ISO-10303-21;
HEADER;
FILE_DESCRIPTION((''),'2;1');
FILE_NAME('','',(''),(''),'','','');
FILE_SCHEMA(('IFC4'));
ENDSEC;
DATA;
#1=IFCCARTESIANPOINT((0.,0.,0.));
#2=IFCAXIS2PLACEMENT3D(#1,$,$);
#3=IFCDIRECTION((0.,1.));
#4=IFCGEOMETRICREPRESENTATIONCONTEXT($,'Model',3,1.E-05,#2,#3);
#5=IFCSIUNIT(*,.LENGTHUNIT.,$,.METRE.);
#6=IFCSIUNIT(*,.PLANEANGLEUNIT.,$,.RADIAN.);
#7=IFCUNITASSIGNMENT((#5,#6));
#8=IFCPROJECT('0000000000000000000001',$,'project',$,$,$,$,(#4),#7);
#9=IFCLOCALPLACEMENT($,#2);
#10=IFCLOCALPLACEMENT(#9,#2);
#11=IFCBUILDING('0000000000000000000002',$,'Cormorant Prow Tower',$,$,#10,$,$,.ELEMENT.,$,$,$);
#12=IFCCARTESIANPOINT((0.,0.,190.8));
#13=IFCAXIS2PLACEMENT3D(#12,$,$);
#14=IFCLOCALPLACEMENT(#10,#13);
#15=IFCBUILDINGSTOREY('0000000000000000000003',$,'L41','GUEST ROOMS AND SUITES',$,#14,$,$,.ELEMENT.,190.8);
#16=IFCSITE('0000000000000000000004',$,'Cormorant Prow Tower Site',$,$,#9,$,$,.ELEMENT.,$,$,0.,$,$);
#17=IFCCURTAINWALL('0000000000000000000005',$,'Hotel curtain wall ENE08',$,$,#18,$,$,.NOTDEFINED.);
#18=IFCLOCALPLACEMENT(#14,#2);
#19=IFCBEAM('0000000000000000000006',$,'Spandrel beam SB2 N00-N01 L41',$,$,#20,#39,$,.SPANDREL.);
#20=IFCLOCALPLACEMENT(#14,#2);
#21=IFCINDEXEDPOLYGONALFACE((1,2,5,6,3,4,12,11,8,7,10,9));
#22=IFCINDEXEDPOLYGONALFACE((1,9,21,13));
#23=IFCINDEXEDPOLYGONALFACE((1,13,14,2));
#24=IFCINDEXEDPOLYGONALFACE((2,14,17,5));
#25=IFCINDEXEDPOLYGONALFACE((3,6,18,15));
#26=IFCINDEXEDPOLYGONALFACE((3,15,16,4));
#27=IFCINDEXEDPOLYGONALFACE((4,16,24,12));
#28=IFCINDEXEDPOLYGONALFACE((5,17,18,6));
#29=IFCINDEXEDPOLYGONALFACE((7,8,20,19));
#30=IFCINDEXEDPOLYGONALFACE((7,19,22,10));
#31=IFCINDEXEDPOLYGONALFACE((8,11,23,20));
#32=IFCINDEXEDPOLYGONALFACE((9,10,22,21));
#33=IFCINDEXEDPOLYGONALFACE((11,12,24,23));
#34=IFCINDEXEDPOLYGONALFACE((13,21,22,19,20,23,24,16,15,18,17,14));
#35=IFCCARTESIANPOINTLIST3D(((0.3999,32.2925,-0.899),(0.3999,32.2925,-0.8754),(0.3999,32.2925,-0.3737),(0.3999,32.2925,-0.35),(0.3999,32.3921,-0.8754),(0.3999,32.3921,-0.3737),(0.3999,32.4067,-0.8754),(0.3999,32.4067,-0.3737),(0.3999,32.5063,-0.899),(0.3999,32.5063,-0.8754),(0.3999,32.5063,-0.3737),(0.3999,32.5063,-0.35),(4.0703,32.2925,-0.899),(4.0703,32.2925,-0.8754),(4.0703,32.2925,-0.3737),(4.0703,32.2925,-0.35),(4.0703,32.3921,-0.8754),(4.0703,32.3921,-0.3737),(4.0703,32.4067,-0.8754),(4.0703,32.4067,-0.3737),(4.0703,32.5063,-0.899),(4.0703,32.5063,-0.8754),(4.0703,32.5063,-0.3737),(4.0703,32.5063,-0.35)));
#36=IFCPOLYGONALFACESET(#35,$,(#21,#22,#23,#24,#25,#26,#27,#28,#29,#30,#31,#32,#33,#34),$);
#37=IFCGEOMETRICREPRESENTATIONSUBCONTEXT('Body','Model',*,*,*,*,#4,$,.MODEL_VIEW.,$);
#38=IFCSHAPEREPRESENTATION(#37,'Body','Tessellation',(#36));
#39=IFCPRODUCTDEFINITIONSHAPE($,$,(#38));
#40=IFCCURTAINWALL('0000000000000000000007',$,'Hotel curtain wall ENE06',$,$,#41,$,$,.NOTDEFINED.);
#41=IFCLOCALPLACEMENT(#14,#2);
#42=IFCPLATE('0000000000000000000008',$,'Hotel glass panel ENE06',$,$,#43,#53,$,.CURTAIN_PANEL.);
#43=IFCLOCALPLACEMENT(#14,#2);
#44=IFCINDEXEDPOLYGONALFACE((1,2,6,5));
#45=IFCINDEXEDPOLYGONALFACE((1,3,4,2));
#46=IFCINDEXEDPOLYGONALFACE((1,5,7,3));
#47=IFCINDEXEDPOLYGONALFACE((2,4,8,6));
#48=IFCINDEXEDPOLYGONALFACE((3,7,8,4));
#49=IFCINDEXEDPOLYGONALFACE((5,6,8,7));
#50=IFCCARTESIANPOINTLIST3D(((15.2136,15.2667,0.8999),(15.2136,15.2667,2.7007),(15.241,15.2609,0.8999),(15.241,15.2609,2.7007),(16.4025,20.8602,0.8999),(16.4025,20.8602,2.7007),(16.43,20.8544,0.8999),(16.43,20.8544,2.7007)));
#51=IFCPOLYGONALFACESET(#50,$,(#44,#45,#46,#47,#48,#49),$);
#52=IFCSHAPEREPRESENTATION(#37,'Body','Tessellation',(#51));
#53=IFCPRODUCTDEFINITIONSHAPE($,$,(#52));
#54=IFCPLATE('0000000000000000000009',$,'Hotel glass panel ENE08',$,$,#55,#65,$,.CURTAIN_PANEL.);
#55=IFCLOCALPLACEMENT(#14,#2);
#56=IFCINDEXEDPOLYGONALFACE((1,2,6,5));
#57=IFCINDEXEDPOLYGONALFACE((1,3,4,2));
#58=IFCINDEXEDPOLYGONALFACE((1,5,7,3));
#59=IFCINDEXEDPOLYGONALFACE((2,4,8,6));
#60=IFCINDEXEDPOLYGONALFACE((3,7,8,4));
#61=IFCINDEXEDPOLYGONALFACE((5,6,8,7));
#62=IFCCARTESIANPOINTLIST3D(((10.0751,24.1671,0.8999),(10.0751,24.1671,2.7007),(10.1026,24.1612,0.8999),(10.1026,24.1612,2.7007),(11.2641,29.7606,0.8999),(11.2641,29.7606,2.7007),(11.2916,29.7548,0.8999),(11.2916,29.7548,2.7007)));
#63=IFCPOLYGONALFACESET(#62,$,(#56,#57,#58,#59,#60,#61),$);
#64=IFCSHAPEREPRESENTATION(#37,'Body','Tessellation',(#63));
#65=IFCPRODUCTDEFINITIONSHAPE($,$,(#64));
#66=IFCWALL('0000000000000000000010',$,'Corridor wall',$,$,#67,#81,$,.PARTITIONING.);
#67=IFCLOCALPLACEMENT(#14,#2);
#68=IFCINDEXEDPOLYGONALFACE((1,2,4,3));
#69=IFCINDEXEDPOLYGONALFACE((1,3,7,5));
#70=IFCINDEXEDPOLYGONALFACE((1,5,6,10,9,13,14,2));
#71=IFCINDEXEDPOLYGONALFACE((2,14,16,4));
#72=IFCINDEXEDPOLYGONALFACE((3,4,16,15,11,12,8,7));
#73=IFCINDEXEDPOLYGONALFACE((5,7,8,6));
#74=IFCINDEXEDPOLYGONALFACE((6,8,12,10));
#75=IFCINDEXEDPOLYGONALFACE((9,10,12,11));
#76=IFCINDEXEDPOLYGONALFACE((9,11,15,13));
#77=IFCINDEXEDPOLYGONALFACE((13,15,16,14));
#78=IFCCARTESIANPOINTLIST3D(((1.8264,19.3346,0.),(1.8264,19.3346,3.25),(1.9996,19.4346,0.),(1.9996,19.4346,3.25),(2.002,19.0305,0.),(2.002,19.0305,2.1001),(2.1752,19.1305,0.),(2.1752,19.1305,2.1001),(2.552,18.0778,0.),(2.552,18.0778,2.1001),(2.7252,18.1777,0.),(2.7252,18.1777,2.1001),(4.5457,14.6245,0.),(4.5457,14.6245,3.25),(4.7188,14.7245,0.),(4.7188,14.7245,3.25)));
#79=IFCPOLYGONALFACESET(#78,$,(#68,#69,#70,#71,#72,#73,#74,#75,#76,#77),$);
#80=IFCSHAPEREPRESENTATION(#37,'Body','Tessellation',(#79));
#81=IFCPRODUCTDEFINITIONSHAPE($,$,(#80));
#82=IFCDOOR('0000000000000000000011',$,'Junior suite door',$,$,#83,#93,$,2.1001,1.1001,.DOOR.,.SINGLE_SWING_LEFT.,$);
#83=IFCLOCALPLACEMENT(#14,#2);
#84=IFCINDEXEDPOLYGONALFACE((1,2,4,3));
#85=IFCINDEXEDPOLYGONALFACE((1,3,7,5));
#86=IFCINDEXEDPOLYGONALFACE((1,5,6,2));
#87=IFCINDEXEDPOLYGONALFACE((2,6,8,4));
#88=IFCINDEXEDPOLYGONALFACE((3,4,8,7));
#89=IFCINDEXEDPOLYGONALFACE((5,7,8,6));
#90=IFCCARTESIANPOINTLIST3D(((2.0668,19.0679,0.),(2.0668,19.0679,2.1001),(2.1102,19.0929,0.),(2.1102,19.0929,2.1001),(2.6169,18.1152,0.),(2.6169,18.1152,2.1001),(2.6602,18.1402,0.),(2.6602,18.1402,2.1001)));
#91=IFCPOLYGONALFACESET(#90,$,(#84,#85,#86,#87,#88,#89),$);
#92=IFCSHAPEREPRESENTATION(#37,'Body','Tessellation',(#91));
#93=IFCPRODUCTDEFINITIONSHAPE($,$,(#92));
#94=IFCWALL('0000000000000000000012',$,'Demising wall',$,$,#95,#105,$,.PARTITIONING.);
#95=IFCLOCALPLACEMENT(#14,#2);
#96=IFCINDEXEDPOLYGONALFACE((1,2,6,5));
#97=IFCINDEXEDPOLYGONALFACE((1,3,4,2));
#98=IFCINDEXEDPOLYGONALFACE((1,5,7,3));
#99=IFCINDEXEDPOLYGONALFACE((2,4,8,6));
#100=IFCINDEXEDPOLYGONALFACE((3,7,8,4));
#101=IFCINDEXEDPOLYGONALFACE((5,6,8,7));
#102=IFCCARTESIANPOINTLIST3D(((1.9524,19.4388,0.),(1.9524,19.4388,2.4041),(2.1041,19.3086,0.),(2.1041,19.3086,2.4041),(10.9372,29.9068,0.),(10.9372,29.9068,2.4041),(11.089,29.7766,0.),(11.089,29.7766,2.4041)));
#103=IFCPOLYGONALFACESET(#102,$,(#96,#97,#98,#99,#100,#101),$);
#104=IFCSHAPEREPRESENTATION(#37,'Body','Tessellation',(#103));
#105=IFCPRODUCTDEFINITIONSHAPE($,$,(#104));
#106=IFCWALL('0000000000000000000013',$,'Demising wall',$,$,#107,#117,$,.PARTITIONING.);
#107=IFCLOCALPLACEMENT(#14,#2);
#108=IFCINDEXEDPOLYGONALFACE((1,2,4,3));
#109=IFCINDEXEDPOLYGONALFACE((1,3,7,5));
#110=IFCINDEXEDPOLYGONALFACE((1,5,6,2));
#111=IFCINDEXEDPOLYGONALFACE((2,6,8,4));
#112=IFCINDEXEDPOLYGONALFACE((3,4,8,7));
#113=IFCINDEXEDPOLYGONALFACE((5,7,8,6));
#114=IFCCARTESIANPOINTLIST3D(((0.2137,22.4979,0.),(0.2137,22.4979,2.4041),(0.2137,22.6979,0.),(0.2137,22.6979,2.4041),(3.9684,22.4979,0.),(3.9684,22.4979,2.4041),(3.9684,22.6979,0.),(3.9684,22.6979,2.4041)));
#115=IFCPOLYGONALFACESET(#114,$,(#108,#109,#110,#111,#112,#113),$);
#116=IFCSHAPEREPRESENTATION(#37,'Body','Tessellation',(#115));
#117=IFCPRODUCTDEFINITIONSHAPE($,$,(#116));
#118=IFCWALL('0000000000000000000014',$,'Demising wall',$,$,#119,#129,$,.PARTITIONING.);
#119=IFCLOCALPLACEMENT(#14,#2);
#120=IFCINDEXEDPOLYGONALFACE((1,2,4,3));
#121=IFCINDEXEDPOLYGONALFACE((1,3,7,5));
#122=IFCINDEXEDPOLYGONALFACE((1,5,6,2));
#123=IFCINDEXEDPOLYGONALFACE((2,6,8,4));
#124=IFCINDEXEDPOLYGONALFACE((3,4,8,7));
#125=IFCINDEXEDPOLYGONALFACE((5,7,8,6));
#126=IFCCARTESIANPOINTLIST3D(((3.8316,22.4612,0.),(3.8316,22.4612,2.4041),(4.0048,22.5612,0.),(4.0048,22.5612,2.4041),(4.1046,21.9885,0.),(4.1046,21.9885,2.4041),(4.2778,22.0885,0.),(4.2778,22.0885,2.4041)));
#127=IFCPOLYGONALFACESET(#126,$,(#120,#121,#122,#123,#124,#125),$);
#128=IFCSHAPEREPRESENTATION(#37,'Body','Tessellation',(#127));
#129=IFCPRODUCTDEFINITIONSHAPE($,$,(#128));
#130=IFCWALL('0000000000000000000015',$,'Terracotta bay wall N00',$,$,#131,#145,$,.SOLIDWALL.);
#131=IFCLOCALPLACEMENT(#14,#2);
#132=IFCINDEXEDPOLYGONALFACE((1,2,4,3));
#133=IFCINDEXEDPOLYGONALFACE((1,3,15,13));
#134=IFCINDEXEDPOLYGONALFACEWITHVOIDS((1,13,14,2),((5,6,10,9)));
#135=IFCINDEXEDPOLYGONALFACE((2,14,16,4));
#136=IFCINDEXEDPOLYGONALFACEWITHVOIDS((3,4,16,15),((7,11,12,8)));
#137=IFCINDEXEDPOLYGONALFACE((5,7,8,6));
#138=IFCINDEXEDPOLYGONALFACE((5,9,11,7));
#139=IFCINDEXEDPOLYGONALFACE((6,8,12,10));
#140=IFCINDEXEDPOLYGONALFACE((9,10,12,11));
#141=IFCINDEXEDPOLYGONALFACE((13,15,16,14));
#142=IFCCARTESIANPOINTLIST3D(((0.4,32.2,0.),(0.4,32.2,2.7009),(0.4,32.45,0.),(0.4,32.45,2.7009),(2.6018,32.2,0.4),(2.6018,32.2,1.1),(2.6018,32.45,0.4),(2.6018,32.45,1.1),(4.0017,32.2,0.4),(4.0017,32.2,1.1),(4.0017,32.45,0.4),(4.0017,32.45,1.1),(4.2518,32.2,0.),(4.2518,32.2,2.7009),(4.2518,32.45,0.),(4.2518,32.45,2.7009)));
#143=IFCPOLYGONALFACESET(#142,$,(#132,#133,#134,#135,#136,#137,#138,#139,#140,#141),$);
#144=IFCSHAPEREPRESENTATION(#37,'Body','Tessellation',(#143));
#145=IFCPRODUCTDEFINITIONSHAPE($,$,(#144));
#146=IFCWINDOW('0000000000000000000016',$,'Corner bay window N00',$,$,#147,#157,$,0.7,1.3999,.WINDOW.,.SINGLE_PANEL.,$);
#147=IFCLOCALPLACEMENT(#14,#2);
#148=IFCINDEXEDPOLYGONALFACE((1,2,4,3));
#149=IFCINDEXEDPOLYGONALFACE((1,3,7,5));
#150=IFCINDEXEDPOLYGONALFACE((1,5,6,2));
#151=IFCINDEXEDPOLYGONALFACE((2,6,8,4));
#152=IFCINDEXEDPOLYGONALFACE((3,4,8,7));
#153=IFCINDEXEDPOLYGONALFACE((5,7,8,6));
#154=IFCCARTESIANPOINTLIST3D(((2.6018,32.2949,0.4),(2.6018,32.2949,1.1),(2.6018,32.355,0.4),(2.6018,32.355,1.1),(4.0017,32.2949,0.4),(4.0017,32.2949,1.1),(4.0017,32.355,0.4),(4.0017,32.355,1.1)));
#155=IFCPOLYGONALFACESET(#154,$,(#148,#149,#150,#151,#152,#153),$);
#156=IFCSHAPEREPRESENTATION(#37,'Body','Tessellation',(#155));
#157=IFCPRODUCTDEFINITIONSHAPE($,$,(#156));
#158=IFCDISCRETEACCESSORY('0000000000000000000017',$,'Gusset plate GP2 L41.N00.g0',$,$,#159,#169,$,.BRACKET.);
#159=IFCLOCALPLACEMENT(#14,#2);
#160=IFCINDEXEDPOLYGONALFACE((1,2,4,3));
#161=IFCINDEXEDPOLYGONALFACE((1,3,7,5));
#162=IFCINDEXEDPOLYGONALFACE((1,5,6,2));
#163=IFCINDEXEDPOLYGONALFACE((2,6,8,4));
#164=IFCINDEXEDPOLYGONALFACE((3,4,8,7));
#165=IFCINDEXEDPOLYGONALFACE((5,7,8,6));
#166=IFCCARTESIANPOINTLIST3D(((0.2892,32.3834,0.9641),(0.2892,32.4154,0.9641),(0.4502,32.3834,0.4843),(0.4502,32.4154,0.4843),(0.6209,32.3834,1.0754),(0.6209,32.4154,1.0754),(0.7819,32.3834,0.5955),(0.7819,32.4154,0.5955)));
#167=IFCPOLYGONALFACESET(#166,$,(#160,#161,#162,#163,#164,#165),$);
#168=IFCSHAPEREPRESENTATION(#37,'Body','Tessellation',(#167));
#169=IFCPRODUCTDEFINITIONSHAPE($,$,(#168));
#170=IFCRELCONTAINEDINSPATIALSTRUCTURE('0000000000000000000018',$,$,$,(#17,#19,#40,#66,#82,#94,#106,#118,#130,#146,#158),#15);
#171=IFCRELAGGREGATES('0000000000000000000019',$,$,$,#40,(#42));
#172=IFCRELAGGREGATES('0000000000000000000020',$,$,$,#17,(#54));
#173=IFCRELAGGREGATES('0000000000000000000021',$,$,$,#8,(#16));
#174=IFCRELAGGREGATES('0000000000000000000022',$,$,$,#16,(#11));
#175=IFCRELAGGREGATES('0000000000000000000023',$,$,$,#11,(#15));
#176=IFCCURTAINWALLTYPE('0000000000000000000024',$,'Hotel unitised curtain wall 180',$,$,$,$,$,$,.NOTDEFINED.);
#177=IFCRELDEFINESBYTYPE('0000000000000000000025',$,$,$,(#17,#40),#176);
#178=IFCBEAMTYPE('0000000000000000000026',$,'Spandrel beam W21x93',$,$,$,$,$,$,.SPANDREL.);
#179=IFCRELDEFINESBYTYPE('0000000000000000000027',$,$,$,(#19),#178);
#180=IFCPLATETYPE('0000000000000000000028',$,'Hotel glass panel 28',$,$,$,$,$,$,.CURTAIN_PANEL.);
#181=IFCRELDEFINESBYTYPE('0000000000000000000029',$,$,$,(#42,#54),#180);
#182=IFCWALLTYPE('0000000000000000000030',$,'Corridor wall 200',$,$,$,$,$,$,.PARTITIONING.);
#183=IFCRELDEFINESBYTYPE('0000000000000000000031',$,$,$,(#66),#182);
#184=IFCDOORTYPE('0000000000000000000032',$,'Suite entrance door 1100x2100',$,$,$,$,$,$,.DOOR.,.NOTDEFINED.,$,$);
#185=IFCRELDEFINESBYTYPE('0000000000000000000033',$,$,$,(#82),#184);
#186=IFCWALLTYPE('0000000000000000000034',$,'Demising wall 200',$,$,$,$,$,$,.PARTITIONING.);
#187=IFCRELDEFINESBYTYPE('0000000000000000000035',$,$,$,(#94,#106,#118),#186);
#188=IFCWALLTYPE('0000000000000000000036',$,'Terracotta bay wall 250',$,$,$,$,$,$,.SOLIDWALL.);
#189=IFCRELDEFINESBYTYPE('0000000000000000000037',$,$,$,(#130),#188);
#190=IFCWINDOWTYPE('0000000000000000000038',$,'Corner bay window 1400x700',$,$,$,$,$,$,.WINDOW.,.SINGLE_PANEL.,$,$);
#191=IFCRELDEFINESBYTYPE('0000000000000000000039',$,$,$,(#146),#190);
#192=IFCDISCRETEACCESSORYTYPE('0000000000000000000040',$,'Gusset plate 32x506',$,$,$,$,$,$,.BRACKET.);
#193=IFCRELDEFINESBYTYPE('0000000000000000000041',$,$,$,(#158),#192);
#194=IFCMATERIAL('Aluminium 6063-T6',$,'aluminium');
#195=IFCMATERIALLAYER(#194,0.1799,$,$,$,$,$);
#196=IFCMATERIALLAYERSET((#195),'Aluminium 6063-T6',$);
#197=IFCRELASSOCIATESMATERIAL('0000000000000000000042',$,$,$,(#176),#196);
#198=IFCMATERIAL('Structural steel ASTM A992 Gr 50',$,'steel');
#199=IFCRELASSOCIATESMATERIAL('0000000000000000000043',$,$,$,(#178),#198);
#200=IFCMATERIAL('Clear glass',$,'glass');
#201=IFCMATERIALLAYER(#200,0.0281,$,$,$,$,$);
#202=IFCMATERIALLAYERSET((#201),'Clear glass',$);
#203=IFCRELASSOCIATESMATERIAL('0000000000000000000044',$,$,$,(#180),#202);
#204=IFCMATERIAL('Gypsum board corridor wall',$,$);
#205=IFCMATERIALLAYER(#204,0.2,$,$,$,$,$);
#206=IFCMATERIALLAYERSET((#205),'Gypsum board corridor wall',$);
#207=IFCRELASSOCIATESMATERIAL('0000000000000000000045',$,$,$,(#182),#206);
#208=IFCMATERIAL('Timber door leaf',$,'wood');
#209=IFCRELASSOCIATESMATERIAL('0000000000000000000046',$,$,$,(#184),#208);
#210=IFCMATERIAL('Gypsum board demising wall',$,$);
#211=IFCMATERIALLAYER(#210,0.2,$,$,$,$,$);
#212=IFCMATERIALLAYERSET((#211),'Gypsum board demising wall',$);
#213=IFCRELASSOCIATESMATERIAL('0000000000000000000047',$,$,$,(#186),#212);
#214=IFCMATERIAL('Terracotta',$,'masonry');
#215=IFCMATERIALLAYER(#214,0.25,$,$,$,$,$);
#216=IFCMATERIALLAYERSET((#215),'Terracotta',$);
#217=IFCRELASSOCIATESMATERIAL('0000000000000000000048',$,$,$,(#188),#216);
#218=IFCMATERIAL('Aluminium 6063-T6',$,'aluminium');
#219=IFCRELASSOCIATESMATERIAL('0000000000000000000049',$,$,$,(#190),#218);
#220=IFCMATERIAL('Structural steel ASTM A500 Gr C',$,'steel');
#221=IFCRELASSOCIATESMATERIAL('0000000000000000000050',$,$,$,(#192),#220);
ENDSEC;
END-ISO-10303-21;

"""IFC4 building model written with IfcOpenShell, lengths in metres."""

from ifc_helpers import new_model, si_unit, direction, frame, frame_2d, origin, origin_2d, place, context, subcontext, project, spatial, rectangle, i_section, extrude, material, layer, layer_set, material_profile, profile_set, type_object, element, fill, aggregate, save


model = new_model("IFC4")

# Units and contexts
model_context = context("Model", 3, precision=1e-05, world=origin(), true_north=direction((0.0, 1.0)))
body_context = subcontext(model_context, "Body", "Model", "MODEL_VIEW")
ifc_project = project(units=[si_unit("LENGTHUNIT", "METRE"), si_unit("PLANEANGLEUNIT", "RADIAN")], contexts=[model_context])

# Site, building, storey
site_placement = place(None, origin())
site = spatial("IfcSite", under=ifc_project, at=site_placement, Name="Cormorant Prow Tower Site", CompositionType="ELEMENT", RefElevation=0.0)
building_placement = place(site_placement, origin())
building = spatial("IfcBuilding", under=site, at=building_placement, Name="Cormorant Prow Tower", CompositionType="ELEMENT")
storey_placement = place(building_placement, frame((0.0, 0.0, 190.8)))
storey = spatial("IfcBuildingStorey", under=building, at=storey_placement, Name="L41", Description="GUEST ROOMS AND SUITES", CompositionType="ELEMENT", Elevation=190.8)

# Curtain wall
ifc_material_1 = material(Name="Aluminium 6063-T6", Category="aluminium")
ifc_layer_1 = layer(ifc_material_1, 0.1799)
ifc_layer_set_1 = layer_set([ifc_layer_1], Name="Aluminium 6063-T6")
curtain_wall_type = type_object("IfcCurtainWallType", Name="Hotel unitised curtain wall 180", PredefinedType="NOTDEFINED", material=ifc_layer_set_1)
curtain_wall_1_placement = place(storey_placement, origin())
curtain_wall_1 = element("IfcCurtainWall", 1, at=curtain_wall_1_placement, inside=storey, type_object=curtain_wall_type, Name="Hotel curtain wall ENE08", PredefinedType="NOTDEFINED")

# Beam
ifc_material_2 = material(Name="Structural steel ASTM A992 Gr 50", Category="steel")
ifc_material_profile_1 = material_profile(ifc_material_2, i_section(OverallWidth=0.2139, OverallDepth=0.5491, WebThickness=0.0146, FlangeThickness=0.0237, at=origin_2d()), Name="W21x93")
ifc_profile_set_1 = profile_set([ifc_material_profile_1], Name="Structural steel ASTM A992 Gr 50")
beam_type = type_object("IfcBeamType", Name="Spandrel beam W21x93", PredefinedType="SPANDREL", material=ifc_profile_set_1)
beam_1_placement = place(storey_placement, frame((4.0703, 32.3994, -0.6245), z_axis=(-1.0, 0.0, 0.0), x_axis=(0.0, -1.0, 0.0)))
element("IfcBeam", 2, at=beam_1_placement, inside=storey, type_object=beam_type, Name="Spandrel beam SB2 N00-N01 L41", PredefinedType="SPANDREL", context=body_context, shape_type="SweptSolid", body=[
    extrude(i_section(OverallWidth=0.2139, OverallDepth=0.5491, WebThickness=0.0146, FlangeThickness=0.0237, at=origin_2d()), origin(), (0.0, 0.0, 1.0), 3.6704),
])

# Curtain wall, plate
curtain_wall_2_placement = place(storey_placement, origin())
curtain_wall_2 = element("IfcCurtainWall", 3, at=curtain_wall_2_placement, inside=storey, type_object=curtain_wall_type, Name="Hotel curtain wall ENE06", PredefinedType="NOTDEFINED")
ifc_material_3 = material(Name="Clear glass", Category="glass")
ifc_layer_2 = layer(ifc_material_3, 0.0281)
ifc_layer_set_2 = layer_set([ifc_layer_2], Name="Clear glass")
plate_type = type_object("IfcPlateType", Name="Hotel glass panel 28", PredefinedType="CURTAIN_PANEL", material=ifc_layer_set_2)
plate_1_placement = place(storey_placement, frame((15.8218, 18.0605, 0.8999), z_axis=(0.0, 0.0, 1.0), x_axis=(0.207912, 0.978148, 0.0)))
plate_1 = element("IfcPlate", 4, at=plate_1_placement, type_object=plate_type, Name="Hotel glass panel ENE06", PredefinedType="CURTAIN_PANEL", context=body_context, shape_type="SweptSolid", body=[
    extrude(rectangle(XDim=5.7185, YDim=0.0281, at=origin_2d()), origin(), (0.0, 0.0, 1.0), 1.8008),
])
aggregate(curtain_wall_2, [plate_1])

# Plate
plate_2_placement = place(storey_placement, frame((10.6833, 26.9609, 0.8999), z_axis=(0.0, 0.0, 1.0), x_axis=(0.207912, 0.978148, 0.0)))
plate_2 = element("IfcPlate", 5, at=plate_2_placement, type_object=plate_type, Name="Hotel glass panel ENE08", PredefinedType="CURTAIN_PANEL", context=body_context, shape_type="SweptSolid", body=[
    extrude(rectangle(XDim=5.7185, YDim=0.0281, at=origin_2d()), origin(), (0.0, 0.0, 1.0), 1.8008),
])
aggregate(curtain_wall_1, [plate_2])

# Wall, opening, door
ifc_material_4 = material(Name="Gypsum board corridor wall")
ifc_layer_3 = layer(ifc_material_4, 0.2)
ifc_layer_set_3 = layer_set([ifc_layer_3], Name="Gypsum board corridor wall")
wall_type_1 = type_object("IfcWallType", Name="Corridor wall 200", PredefinedType="PARTITIONING", material=ifc_layer_set_3)
wall_1_placement = place(storey_placement, frame((1.9131, 19.3845, 0.0), z_axis=(0.0, 0.0, 1.0), x_axis=(0.499972, -0.866041, 0.0)))
wall_1 = element("IfcWall", 6, at=wall_1_placement, inside=storey, type_object=wall_type_1, Name="Corridor wall", PredefinedType="PARTITIONING", context=body_context, shape_type="SweptSolid", body=[
    extrude(rectangle(XDim=5.4387, YDim=0.2, at=frame_2d((2.7192, 0.0))), origin(), (0.0, 0.0, 1.0), 3.25),
])
opening_1_placement = place(wall_1_placement, frame((0.3511, 0.0, 0.0)))
opening_1 = element("IfcOpeningElement", 7, at=opening_1_placement, cuts=wall_1, PredefinedType="OPENING", context=body_context, shape_type="SweptSolid", body=[
    extrude(rectangle(XDim=1.1001, YDim=2.1001, at=frame_2d((0.55, 1.05))), frame((0.0, 0.1099, 0.0), z_axis=(0.0, -1.0, 0.0), x_axis=(1.0, 0.0, 0.0)), (0.0, 0.0, 1.0), 0.22),
])
ifc_material_5 = material(Name="Timber door leaf", Category="wood")
door_type_1 = type_object("IfcDoorType", Name="Suite entrance door 1100x2100", OperationType="NOTDEFINED", PredefinedType="DOOR", material=ifc_material_5)
door_1_placement = place(opening_1_placement, origin())
door_1 = element("IfcDoor", 8, at=door_1_placement, inside=storey, type_object=door_type_1, Name="Junior suite door", OperationType="SINGLE_SWING_LEFT", OverallHeight=2.1001, OverallWidth=1.1001, PredefinedType="DOOR", context=body_context, shape_type="SweptSolid", body=[
    extrude(rectangle(XDim=1.1001, YDim=2.1001, at=frame_2d((0.55, 1.05))), frame((0.0, 0.0249, 0.0), z_axis=(0.0, -1.0, 0.0), x_axis=(1.0, 0.0, 0.0)), (0.0, 0.0, 1.0), 0.05),
])
fill(opening_1, door_1)

# Walls
ifc_material_6 = material(Name="Gypsum board demising wall")
ifc_layer_4 = layer(ifc_material_6, 0.2)
ifc_layer_set_4 = layer_set([ifc_layer_4], Name="Gypsum board demising wall")
wall_type_2 = type_object("IfcWallType", Name="Demising wall 200", PredefinedType="PARTITIONING", material=ifc_layer_set_4)
wall_2_placement = place(storey_placement, frame((2.0283, 19.3738, 0.0), z_axis=(0.0, 0.0, 1.0), x_axis=(0.651304, 0.758817, 0.0)))
element("IfcWall", 9, at=wall_2_placement, inside=storey, type_object=wall_type_2, Name="Demising wall", PredefinedType="PARTITIONING", context=body_context, shape_type="SweptSolid", body=[
    extrude(rectangle(XDim=13.7952, YDim=0.2, at=frame_2d((6.8975, 0.0))), origin(), (0.0, 0.0, 1.0), 2.4041),
])
wall_3_placement = place(storey_placement, frame((0.2136, 22.5979, 0.0), z_axis=(0.0, 0.0, 1.0), x_axis=(1.0, 0.0, 0.0)))
element("IfcWall", 10, at=wall_3_placement, inside=storey, type_object=wall_type_2, Name="Demising wall", PredefinedType="PARTITIONING", context=body_context, shape_type="SweptSolid", body=[
    extrude(rectangle(XDim=3.7546, YDim=0.2, at=frame_2d((1.8774, 0.0))), origin(), (0.0, 0.0, 1.0), 2.4041),
])
wall_4_placement = place(storey_placement, frame((3.9182, 22.5112, 0.0), z_axis=(0.0, 0.0, 1.0), x_axis=(0.500084, -0.865977, 0.0)))
element("IfcWall", 11, at=wall_4_placement, inside=storey, type_object=wall_type_2, Name="Demising wall", PredefinedType="PARTITIONING", context=body_context, shape_type="SweptSolid", body=[
    extrude(rectangle(XDim=0.5459, YDim=0.2, at=frame_2d((0.2729, 0.0))), origin(), (0.0, 0.0, 1.0), 2.4041),
])

# Wall, opening, window
ifc_material_7 = material(Name="Terracotta", Category="masonry")
ifc_layer_5 = layer(ifc_material_7, 0.25)
ifc_layer_set_5 = layer_set([ifc_layer_5], Name="Terracotta")
wall_type_3 = type_object("IfcWallType", Name="Terracotta bay wall 250", PredefinedType="SOLIDWALL", material=ifc_layer_set_5)
wall_5_placement = place(storey_placement, frame((4.2517, 32.325, 0.0), z_axis=(0.0, 0.0, 1.0), x_axis=(-1.0, 0.0, 0.0)))
wall_5 = element("IfcWall", 12, at=wall_5_placement, inside=storey, type_object=wall_type_3, Name="Terracotta bay wall N00", PredefinedType="SOLIDWALL", context=body_context, shape_type="SweptSolid", body=[
    extrude(rectangle(XDim=3.8518, YDim=0.25, at=frame_2d((1.9258, 0.0))), origin(), (0.0, 0.0, 1.0), 2.7009),
])
opening_2_placement = place(wall_5_placement, frame((0.25, 0.0, 0.3999)))
opening_2 = element("IfcOpeningElement", 13, at=opening_2_placement, cuts=wall_5, PredefinedType="OPENING", context=body_context, shape_type="SweptSolid", body=[
    extrude(rectangle(XDim=1.3999, YDim=0.7, at=frame_2d((0.7, 0.3501))), frame((0.0, 0.135, 0.0), z_axis=(0.0, -1.0, 0.0), x_axis=(1.0, 0.0, 0.0)), (0.0, 0.0, 1.0), 0.27),
])
ifc_material_8 = material(Name="Aluminium 6063-T6", Category="aluminium")
window_type = type_object("IfcWindowType", Name="Corner bay window 1400x700", PartitioningType="SINGLE_PANEL", PredefinedType="WINDOW", material=ifc_material_8)
window_placement = place(opening_2_placement, origin())
window = element("IfcWindow", 14, at=window_placement, inside=storey, type_object=window_type, Name="Corner bay window N00", OverallHeight=0.7, OverallWidth=1.3999, PartitioningType="SINGLE_PANEL", PredefinedType="WINDOW", context=body_context, shape_type="SweptSolid", body=[
    extrude(rectangle(XDim=1.3999, YDim=0.7, at=frame_2d((0.7, 0.3501))), frame((0.0, 0.03, 0.0), z_axis=(0.0, -1.0, 0.0), x_axis=(1.0, 0.0, 0.0)), (0.0, 0.0, 1.0), 0.0601),
])
fill(opening_2, window)

# Discrete accessory
ifc_material_9 = material(Name="Structural steel ASTM A500 Gr C", Category="steel")
ifc_material_profile_2 = material_profile(ifc_material_9, rectangle(XDim=0.032, YDim=0.5061, at=origin_2d()), Name="Gusset plate 32x506")
ifc_profile_set_2 = profile_set([ifc_material_profile_2], Name="Structural steel ASTM A500 Gr C")
discrete_accessory_type = type_object("IfcDiscreteAccessoryType", Name="Gusset plate 32x506", PredefinedType="BRACKET", material=ifc_profile_set_2)
discrete_accessory_1_placement = place(storey_placement, frame((0.7014, 32.3994, 0.8354), z_axis=(-0.948054, 0.0, -0.318111), x_axis=(0.0, -1.0, 0.0)))
element("IfcDiscreteAccessory", 15, at=discrete_accessory_1_placement, inside=storey, type_object=discrete_accessory_type, Name="Gusset plate GP2 L41.N00.g0", PredefinedType="BRACKET", context=body_context, shape_type="SweptSolid", body=[
    extrude(rectangle(XDim=0.032, YDim=0.5061, at=origin_2d()), origin(), (0.0, 0.0, 1.0), 0.3499),
])

save(model, "model.ifc")
